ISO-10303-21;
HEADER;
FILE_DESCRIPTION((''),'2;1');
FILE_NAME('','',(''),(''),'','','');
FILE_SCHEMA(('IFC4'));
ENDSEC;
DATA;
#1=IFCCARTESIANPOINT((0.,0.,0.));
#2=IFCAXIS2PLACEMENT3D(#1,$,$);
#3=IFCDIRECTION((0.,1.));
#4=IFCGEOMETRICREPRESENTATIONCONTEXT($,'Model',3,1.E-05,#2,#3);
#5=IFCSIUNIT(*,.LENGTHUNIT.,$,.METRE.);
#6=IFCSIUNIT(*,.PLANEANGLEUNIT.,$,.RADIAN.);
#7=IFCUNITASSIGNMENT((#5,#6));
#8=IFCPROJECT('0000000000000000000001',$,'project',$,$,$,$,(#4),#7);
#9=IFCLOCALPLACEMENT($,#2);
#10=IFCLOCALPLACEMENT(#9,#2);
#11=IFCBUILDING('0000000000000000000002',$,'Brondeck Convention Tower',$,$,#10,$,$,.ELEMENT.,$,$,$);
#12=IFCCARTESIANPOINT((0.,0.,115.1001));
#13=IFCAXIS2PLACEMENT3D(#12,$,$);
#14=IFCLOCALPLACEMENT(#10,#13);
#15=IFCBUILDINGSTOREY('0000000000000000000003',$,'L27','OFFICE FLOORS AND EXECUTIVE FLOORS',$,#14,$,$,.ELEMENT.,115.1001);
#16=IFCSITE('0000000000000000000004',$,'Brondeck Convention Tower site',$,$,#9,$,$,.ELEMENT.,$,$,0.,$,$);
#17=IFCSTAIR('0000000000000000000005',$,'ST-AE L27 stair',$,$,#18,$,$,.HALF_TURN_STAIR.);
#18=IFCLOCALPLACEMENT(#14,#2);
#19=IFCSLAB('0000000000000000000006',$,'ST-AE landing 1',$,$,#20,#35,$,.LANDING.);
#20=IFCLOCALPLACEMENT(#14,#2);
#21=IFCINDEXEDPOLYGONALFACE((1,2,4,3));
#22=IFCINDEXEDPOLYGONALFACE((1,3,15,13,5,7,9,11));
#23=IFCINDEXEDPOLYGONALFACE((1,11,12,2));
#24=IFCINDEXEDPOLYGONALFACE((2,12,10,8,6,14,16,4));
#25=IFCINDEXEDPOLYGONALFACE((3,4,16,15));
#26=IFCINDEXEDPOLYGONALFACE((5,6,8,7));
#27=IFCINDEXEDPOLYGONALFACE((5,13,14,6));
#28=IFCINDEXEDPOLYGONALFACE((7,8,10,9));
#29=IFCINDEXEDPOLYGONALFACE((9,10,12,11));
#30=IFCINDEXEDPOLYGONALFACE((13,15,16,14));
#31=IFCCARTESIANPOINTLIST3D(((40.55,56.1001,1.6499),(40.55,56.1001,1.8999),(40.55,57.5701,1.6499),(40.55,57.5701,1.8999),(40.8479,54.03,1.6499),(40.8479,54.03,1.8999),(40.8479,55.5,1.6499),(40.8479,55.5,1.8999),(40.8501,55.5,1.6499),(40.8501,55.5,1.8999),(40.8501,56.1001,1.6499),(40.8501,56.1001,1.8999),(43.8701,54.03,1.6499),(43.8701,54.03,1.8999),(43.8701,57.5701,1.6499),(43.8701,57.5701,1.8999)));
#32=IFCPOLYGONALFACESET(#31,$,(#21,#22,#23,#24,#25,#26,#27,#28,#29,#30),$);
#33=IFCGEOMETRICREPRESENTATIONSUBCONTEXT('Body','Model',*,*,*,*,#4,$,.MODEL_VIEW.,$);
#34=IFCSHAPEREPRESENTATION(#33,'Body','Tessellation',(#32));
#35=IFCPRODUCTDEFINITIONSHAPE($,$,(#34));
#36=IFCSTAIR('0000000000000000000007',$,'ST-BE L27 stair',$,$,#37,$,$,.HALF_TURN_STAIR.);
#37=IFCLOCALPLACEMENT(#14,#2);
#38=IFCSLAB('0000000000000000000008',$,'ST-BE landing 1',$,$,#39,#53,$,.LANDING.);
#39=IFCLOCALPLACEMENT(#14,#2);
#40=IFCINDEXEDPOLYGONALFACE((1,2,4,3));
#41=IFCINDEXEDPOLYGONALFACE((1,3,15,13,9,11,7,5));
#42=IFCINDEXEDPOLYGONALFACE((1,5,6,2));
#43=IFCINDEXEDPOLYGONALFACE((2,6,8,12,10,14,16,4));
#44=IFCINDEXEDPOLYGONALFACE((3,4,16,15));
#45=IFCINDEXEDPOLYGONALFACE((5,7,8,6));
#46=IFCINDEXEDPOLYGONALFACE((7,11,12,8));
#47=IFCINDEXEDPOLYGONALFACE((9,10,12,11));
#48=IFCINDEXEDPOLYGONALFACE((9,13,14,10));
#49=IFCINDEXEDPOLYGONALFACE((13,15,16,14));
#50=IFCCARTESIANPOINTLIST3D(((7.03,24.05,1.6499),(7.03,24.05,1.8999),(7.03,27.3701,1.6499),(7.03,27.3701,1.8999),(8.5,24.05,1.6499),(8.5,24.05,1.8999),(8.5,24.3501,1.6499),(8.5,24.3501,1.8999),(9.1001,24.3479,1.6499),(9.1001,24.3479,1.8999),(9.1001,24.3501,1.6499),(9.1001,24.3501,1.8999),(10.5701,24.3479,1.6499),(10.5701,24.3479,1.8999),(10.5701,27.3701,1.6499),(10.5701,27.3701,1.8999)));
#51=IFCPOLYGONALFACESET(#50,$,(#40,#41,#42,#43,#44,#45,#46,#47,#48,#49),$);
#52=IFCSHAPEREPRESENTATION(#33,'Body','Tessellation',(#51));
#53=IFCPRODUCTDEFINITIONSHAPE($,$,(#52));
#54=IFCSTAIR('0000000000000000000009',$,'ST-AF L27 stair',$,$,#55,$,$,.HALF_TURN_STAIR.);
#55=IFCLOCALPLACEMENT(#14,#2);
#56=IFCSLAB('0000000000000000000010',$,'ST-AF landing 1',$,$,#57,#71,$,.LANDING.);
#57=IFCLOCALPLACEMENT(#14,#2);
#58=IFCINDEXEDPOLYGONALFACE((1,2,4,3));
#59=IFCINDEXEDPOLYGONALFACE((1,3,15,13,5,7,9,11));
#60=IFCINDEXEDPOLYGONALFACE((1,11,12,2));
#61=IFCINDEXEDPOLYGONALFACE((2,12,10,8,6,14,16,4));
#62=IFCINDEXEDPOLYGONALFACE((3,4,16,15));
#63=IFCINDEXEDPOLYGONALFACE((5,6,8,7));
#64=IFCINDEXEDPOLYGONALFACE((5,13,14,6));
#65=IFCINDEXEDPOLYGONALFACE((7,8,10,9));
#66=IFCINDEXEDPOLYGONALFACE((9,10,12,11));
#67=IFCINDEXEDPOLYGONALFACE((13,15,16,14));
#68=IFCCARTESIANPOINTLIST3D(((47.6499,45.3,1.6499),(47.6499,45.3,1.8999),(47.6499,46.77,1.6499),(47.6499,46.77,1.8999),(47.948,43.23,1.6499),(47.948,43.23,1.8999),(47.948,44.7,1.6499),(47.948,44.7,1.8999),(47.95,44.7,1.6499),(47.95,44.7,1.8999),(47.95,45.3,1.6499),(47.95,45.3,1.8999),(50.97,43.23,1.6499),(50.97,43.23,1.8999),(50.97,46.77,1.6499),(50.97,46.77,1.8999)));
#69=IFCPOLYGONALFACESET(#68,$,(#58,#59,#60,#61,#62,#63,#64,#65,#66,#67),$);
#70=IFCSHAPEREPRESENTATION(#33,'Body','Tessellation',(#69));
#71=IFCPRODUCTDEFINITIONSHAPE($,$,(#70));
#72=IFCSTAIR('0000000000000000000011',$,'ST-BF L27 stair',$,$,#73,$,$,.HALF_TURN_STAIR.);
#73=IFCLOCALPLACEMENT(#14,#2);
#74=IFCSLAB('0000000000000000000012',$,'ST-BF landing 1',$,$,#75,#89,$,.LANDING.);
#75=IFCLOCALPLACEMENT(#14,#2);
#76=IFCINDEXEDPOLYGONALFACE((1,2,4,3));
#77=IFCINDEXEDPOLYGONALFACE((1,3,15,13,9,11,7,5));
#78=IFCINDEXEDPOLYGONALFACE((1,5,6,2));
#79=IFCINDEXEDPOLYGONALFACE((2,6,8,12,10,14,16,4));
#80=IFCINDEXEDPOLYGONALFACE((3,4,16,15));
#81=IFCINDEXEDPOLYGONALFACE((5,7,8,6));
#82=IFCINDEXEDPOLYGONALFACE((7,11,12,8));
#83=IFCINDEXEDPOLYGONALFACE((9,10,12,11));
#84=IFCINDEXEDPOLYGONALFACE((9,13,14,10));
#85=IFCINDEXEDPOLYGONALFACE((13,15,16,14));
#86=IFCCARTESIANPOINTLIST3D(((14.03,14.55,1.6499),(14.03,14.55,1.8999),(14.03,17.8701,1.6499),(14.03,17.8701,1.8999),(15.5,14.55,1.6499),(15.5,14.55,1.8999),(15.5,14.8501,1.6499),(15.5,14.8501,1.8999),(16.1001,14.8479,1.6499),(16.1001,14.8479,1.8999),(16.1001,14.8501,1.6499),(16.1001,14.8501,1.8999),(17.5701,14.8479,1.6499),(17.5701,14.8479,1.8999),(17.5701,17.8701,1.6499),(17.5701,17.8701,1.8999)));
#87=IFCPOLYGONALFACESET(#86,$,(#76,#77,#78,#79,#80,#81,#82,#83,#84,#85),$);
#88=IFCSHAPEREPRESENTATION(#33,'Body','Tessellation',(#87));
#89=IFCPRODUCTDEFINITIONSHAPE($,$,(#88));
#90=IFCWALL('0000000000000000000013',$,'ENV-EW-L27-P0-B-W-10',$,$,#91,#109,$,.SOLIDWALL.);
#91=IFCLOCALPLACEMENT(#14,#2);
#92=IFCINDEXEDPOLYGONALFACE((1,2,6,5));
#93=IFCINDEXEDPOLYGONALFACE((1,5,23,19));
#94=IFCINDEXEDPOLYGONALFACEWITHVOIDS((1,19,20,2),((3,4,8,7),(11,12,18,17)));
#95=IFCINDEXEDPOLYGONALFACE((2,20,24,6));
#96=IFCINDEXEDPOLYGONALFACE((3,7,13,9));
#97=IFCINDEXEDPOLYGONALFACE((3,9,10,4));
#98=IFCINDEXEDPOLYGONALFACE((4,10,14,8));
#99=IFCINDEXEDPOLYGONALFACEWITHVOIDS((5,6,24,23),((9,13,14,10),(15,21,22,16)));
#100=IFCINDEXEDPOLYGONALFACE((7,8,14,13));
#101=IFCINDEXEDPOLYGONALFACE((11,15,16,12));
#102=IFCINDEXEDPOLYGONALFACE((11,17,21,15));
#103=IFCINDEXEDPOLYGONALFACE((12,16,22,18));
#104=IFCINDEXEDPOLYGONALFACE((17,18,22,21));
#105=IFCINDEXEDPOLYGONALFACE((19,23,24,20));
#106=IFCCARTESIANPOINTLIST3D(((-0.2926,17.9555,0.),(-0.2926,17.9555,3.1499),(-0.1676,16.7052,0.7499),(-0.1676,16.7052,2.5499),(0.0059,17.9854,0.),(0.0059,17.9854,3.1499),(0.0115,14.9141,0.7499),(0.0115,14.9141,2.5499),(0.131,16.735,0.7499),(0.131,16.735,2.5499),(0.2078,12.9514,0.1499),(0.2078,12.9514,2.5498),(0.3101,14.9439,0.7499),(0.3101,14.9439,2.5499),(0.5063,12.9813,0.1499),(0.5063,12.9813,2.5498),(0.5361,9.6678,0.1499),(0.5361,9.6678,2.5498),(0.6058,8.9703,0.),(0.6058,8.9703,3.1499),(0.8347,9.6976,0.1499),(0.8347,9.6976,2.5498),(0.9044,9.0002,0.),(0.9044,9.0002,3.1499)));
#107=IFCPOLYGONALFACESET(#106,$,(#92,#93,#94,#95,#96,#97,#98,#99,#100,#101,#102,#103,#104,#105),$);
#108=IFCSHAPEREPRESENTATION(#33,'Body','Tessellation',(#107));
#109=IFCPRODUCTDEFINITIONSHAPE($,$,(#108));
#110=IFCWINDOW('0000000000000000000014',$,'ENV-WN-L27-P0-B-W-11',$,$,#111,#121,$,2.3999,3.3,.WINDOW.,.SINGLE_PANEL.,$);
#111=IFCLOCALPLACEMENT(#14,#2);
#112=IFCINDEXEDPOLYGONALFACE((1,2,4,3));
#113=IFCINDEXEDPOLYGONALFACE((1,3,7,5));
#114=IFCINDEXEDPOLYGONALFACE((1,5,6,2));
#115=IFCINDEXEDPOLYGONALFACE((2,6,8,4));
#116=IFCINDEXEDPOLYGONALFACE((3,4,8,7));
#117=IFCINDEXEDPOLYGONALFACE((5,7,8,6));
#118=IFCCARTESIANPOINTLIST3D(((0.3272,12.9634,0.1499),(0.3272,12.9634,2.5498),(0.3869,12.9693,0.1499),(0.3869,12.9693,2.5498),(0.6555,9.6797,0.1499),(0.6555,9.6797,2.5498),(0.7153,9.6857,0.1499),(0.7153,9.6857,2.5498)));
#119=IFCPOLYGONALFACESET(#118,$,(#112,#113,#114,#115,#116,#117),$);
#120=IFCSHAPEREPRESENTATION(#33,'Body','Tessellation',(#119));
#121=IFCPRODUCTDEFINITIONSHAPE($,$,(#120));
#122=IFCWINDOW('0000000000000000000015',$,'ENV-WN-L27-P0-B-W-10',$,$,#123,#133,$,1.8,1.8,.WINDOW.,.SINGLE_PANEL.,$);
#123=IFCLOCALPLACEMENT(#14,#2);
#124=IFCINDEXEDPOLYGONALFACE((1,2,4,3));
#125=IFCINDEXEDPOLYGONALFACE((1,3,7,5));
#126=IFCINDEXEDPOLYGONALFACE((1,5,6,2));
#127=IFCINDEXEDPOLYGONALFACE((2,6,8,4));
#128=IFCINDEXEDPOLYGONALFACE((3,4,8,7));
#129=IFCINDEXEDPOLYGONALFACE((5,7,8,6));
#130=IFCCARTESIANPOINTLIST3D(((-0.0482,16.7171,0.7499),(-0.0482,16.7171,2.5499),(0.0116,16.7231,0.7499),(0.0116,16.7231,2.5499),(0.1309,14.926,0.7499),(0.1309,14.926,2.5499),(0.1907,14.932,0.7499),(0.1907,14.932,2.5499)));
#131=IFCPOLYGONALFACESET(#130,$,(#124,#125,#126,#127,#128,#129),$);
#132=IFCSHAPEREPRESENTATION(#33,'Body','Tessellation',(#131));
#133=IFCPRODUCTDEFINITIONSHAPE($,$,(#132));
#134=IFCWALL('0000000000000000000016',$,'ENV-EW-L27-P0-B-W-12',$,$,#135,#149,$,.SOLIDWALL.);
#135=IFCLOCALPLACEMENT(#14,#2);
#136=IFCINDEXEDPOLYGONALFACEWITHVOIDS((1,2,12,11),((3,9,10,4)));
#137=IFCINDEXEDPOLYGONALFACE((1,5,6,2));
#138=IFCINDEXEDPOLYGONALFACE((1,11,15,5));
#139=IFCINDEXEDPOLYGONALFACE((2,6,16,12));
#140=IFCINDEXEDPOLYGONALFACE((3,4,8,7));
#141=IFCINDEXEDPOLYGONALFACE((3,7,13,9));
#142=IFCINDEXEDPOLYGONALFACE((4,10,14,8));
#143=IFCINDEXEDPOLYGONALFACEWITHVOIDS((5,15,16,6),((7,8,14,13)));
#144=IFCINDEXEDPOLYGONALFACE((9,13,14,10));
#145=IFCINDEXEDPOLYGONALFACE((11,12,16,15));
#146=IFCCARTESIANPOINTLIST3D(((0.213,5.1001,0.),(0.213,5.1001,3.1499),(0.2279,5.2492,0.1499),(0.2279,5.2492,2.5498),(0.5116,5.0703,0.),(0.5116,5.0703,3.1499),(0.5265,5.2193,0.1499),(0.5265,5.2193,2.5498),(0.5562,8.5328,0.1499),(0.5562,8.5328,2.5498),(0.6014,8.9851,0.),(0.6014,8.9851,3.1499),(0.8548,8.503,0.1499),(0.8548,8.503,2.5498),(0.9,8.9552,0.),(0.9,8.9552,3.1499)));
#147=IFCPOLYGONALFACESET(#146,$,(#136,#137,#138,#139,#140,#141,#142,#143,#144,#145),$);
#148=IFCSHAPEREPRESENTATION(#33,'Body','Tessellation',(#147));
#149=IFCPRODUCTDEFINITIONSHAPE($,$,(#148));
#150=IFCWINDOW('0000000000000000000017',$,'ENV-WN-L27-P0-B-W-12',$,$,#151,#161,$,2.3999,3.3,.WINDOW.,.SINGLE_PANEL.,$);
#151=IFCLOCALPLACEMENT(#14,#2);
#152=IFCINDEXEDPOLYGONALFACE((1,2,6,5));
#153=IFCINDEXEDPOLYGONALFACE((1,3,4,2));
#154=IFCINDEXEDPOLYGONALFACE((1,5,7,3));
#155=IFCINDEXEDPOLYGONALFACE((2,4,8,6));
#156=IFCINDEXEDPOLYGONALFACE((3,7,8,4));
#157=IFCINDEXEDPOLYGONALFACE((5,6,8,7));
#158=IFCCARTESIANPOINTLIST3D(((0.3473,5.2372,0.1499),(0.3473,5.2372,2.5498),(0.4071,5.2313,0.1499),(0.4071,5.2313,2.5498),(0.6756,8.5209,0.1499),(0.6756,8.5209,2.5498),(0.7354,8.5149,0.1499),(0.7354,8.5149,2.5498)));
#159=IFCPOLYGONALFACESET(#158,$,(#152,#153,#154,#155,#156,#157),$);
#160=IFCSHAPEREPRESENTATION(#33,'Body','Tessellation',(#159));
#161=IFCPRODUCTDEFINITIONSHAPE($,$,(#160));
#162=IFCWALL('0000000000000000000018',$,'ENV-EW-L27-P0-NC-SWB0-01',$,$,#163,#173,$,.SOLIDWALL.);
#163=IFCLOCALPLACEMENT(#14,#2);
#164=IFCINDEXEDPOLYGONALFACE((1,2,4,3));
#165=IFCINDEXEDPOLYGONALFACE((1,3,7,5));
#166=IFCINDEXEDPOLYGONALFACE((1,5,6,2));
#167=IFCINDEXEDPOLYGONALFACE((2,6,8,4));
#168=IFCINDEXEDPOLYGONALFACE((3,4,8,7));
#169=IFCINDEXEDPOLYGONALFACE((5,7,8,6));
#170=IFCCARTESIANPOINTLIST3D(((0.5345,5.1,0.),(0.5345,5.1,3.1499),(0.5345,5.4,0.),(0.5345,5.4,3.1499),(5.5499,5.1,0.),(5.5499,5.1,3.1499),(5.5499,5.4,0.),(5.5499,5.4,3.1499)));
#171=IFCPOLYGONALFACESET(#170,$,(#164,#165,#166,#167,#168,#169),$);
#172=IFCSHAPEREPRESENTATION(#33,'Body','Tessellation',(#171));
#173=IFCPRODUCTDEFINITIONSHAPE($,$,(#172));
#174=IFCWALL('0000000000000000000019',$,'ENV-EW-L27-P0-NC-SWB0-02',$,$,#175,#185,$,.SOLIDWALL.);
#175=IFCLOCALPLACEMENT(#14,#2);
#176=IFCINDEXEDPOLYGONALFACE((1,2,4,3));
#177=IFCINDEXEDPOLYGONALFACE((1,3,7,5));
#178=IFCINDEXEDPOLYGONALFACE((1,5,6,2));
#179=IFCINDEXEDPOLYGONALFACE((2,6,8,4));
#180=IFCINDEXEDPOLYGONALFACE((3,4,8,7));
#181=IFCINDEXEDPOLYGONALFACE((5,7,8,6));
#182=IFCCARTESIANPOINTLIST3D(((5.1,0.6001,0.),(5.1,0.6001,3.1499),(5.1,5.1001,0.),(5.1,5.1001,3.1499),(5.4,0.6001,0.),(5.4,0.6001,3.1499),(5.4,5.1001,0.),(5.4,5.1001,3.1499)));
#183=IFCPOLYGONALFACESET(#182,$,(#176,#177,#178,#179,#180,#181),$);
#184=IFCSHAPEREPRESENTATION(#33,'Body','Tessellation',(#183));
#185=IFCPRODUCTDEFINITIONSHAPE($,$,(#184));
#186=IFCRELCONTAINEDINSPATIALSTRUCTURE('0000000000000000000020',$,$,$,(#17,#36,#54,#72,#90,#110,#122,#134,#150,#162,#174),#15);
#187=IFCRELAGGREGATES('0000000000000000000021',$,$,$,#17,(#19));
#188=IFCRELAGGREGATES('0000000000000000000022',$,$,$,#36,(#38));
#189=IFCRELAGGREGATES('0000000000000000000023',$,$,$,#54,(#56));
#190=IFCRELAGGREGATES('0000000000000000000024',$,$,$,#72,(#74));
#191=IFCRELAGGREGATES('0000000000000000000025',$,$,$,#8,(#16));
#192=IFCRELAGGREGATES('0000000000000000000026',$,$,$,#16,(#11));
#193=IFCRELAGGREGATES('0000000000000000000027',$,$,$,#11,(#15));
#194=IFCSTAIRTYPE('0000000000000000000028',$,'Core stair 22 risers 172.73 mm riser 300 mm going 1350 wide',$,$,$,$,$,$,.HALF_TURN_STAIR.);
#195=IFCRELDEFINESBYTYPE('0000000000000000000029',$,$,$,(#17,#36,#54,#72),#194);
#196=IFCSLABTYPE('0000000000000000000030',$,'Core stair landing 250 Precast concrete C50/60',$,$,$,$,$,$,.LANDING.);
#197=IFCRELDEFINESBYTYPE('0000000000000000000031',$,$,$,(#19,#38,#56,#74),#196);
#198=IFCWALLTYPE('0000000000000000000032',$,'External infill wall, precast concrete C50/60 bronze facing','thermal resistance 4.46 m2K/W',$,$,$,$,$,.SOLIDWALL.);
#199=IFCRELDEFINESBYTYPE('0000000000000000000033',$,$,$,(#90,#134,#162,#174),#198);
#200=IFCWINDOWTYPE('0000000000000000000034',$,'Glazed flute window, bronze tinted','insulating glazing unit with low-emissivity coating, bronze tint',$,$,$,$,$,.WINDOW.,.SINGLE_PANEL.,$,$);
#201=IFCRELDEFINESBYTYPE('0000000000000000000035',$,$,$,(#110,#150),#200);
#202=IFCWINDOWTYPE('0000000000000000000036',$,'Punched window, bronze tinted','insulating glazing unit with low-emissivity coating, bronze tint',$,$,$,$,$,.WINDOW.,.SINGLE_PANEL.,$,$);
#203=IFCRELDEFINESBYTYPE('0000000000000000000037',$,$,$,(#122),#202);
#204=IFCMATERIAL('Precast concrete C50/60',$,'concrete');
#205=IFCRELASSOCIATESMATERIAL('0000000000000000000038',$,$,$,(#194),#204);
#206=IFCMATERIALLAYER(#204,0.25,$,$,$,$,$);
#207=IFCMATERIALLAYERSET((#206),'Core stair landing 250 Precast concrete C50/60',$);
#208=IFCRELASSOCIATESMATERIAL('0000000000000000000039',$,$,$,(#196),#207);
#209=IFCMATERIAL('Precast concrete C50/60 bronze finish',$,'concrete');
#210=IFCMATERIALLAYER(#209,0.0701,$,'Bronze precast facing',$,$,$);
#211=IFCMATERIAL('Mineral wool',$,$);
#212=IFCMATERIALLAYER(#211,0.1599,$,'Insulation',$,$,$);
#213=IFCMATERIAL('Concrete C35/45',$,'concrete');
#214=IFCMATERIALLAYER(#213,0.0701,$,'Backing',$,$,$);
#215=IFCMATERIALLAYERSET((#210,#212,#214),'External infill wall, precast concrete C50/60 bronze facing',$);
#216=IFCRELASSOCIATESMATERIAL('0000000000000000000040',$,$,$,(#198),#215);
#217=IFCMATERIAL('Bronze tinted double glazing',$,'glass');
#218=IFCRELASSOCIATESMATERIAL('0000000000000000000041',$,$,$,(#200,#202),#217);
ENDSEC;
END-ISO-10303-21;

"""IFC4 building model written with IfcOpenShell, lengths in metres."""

from ifc_helpers import new_model, si_unit, direction, frame, frame_2d, origin, place, context, subcontext, project, spatial, polyline, rectangle, outline, extrude, material, layer, layer_set, type_object, element, fill, aggregate, save


model = new_model("IFC4")

# Units and contexts
model_context = context("Model", 3, precision=1e-05, world=origin(), true_north=direction((0.0, 1.0)))
body_context = subcontext(model_context, "Body", "Model", "MODEL_VIEW")
ifc_project = project(units=[si_unit("LENGTHUNIT", "METRE"), si_unit("PLANEANGLEUNIT", "RADIAN")], contexts=[model_context])

# Site, building, storey
site_placement = place(None, origin())
site = spatial("IfcSite", under=ifc_project, at=site_placement, Name="Brondeck Convention Tower site", CompositionType="ELEMENT", RefElevation=0.0)
building_placement = place(site_placement, origin())
building = spatial("IfcBuilding", under=site, at=building_placement, Name="Brondeck Convention Tower", CompositionType="ELEMENT")
storey_placement = place(building_placement, frame((0.0, 0.0, 115.1001)))
storey = spatial("IfcBuildingStorey", under=building, at=storey_placement, Name="L27", Description="OFFICE FLOORS AND EXECUTIVE FLOORS", CompositionType="ELEMENT", Elevation=115.1001)

# Shared definitions
ifc_material_1 = material(Name="Concrete C35/45", Category="concrete")

# Stairs, slabs
ifc_material_2 = material(Name="Precast concrete C50/60", Category="concrete")
stair_type = type_object("IfcStairType", Name="Core stair 22 risers 172.73 mm riser 300 mm going 1350 wide", PredefinedType="HALF_TURN_STAIR", material=ifc_material_2)
ifc_layer_1 = layer(ifc_material_2, 0.25)
ifc_layer_set_1 = layer_set([ifc_layer_1], Name="Core stair landing 250 Precast concrete C50/60")
slab_type_1 = type_object("IfcSlabType", Name="Core stair landing 250 Precast concrete C50/60", PredefinedType="LANDING", material=ifc_layer_set_1)
stair_1_placement = place(storey_placement, origin())
stair_1 = element("IfcStair", 1, at=stair_1_placement, inside=storey, type_object=stair_type, Name="ST-AE L27 stair", PredefinedType="HALF_TURN_STAIR")
slab_1_placement = place(storey_placement, frame((0.0, 0.0, 1.6499)))
slab_1 = element("IfcSlab", 2, at=slab_1_placement, type_object=slab_type_1, Name="ST-AE landing 1", PredefinedType="LANDING", context=body_context, shape_type="SweptSolid", body=[
    extrude(outline(polyline([(40.8479, 55.5), (40.8501, 55.5), (40.8501, 56.1001), (40.55, 56.1001), (40.55, 57.5701), (43.8701, 57.5701), (43.8701, 54.03), (40.8479, 54.03), (40.8479, 55.5)])), origin(), (0.0, 0.0, 1.0), 0.25),
])
aggregate(stair_1, [slab_1])
stair_2_placement = place(storey_placement, origin())
stair_2 = element("IfcStair", 3, at=stair_2_placement, inside=storey, type_object=stair_type, Name="ST-BE L27 stair", PredefinedType="HALF_TURN_STAIR")
slab_2_placement = place(storey_placement, frame((0.0, 0.0, 1.6499)))
slab_2 = element("IfcSlab", 4, at=slab_2_placement, type_object=slab_type_1, Name="ST-BE landing 1", PredefinedType="LANDING", context=body_context, shape_type="SweptSolid", body=[
    extrude(outline(polyline([(7.03, 24.05), (7.03, 27.3701), (10.5701, 27.3701), (10.5701, 24.3479), (9.1001, 24.3479), (9.1001, 24.3501), (8.5, 24.3501), (8.5, 24.05), (7.03, 24.05)])), origin(), (0.0, 0.0, 1.0), 0.25),
])
aggregate(stair_2, [slab_2])
stair_3_placement = place(storey_placement, origin())
stair_3 = element("IfcStair", 5, at=stair_3_placement, inside=storey, type_object=stair_type, Name="ST-AF L27 stair", PredefinedType="HALF_TURN_STAIR")
slab_3_placement = place(storey_placement, frame((0.0, 0.0, 1.6499)))
slab_3 = element("IfcSlab", 6, at=slab_3_placement, type_object=slab_type_1, Name="ST-AF landing 1", PredefinedType="LANDING", context=body_context, shape_type="SweptSolid", body=[
    extrude(outline(polyline([(47.948, 44.7), (47.95, 44.7), (47.95, 45.3), (47.6499, 45.3), (47.6499, 46.77), (50.97, 46.77), (50.97, 43.23), (47.948, 43.23), (47.948, 44.7)])), origin(), (0.0, 0.0, 1.0), 0.25),
])
aggregate(stair_3, [slab_3])
stair_4_placement = place(storey_placement, origin())
stair_4 = element("IfcStair", 7, at=stair_4_placement, inside=storey, type_object=stair_type, Name="ST-BF L27 stair", PredefinedType="HALF_TURN_STAIR")
slab_4_placement = place(storey_placement, frame((0.0, 0.0, 1.6499)))
slab_4 = element("IfcSlab", 8, at=slab_4_placement, type_object=slab_type_1, Name="ST-BF landing 1", PredefinedType="LANDING", context=body_context, shape_type="SweptSolid", body=[
    extrude(outline(polyline([(14.03, 14.55), (14.03, 17.8701), (17.5701, 17.8701), (17.5701, 14.8479), (16.1001, 14.8479), (16.1001, 14.8501), (15.5, 14.8501), (15.5, 14.55), (14.03, 14.55)])), origin(), (0.0, 0.0, 1.0), 0.25),
])
aggregate(stair_4, [slab_4])

# Wall, openings, windows
ifc_material_3 = material(Name="Precast concrete C50/60 bronze finish", Category="concrete")
ifc_layer_2 = layer(ifc_material_3, 0.0701, Name="Bronze precast facing")
ifc_material_4 = material(Name="Mineral wool")
ifc_layer_3 = layer(ifc_material_4, 0.1599, Name="Insulation")
ifc_layer_4 = layer(ifc_material_1, 0.0701, Name="Backing")
ifc_layer_set_2 = layer_set([ifc_layer_2, ifc_layer_3, ifc_layer_4], Name="External infill wall, precast concrete C50/60 bronze facing")
wall_type = type_object("IfcWallType", Name="External infill wall, precast concrete C50/60 bronze facing", Description="thermal resistance 4.46 m2K/W", PredefinedType="SOLIDWALL", material=ifc_layer_set_2)
wall_1_placement = place(storey_placement, frame((0.7551, 8.9851, 0.0), z_axis=(0.0, 0.0, 1.0), x_axis=(-0.099496, 0.995038, 0.0)))
wall_1 = element("IfcWall", 9, at=wall_1_placement, inside=storey, type_object=wall_type, Name="ENV-EW-L27-P0-B-W-10", PredefinedType="SOLIDWALL", context=body_context, shape_type="SweptSolid", body=[
    extrude(rectangle(XDim=9.03, YDim=0.3, at=frame_2d((4.5151, 0.0))), origin(), (0.0, 0.0, 1.0), 3.1499),
])
opening_1_placement = place(wall_1_placement, frame((0.7012, 0.0, 0.1499)))
opening_1 = element("IfcOpeningElement", 10, at=opening_1_placement, cuts=wall_1, PredefinedType="OPENING", context=body_context, shape_type="SweptSolid", body=[
    extrude(rectangle(XDim=3.3, YDim=2.3999, at=frame_2d((1.6499, 1.2))), frame((0.0, 0.1599, 0.0), z_axis=(0.0, -1.0, 0.0), x_axis=(1.0, 0.0, 0.0)), (0.0, 0.0, 1.0), 0.3201),
])
opening_2_placement = place(wall_1_placement, frame((5.9736, 0.0, 0.75)))
opening_2 = element("IfcOpeningElement", 11, at=opening_2_placement, cuts=wall_1, PredefinedType="OPENING", context=body_context, shape_type="SweptSolid", body=[
    extrude(rectangle(XDim=1.8, YDim=1.8, at=frame_2d((0.8999, 0.8999))), frame((0.0, 0.1599, 0.0), z_axis=(0.0, -1.0, 0.0), x_axis=(1.0, 0.0, 0.0)), (0.0, 0.0, 1.0), 0.3201),
])
ifc_material_5 = material(Name="Bronze tinted double glazing", Category="glass")
window_type_1 = type_object("IfcWindowType", Name="Glazed flute window, bronze tinted", Description="insulating glazing unit with low-emissivity coating, bronze tint", PartitioningType="SINGLE_PANEL", PredefinedType="WINDOW", material=ifc_material_5)
window_1_placement = place(opening_1_placement, origin())
window_1 = element("IfcWindow", 12, at=window_1_placement, inside=storey, type_object=window_type_1, Name="ENV-WN-L27-P0-B-W-11", OverallHeight=2.3999, OverallWidth=3.3, PartitioningType="SINGLE_PANEL", PredefinedType="WINDOW", context=body_context, shape_type="SweptSolid", body=[
    extrude(rectangle(XDim=3.3, YDim=2.3999, at=frame_2d((1.6499, 1.2))), frame((0.0, 0.03, 0.0), z_axis=(0.0, -1.0, 0.0), x_axis=(1.0, 0.0, 0.0)), (0.0, 0.0, 1.0), 0.0601),
])
fill(opening_1, window_1)
window_type_2 = type_object("IfcWindowType", Name="Punched window, bronze tinted", Description="insulating glazing unit with low-emissivity coating, bronze tint", PartitioningType="SINGLE_PANEL", PredefinedType="WINDOW", material=ifc_material_5)
window_2_placement = place(opening_2_placement, origin())
window_2 = element("IfcWindow", 13, at=window_2_placement, inside=storey, type_object=window_type_2, Name="ENV-WN-L27-P0-B-W-10", OverallHeight=1.8, OverallWidth=1.8, PartitioningType="SINGLE_PANEL", PredefinedType="WINDOW", context=body_context, shape_type="SweptSolid", body=[
    extrude(rectangle(XDim=1.8, YDim=1.8, at=frame_2d((0.8999, 0.8999))), frame((0.0, 0.03, 0.0), z_axis=(0.0, -1.0, 0.0), x_axis=(1.0, 0.0, 0.0)), (0.0, 0.0, 1.0), 0.0601),
])
fill(opening_2, window_2)

# Wall, opening, window
wall_2_placement = place(storey_placement, frame((0.3623, 5.0852, 0.0), z_axis=(0.0, 0.0, 1.0), x_axis=(0.099485, 0.995039, 0.0)))
wall_2 = element("IfcWall", 14, at=wall_2_placement, inside=storey, type_object=wall_type, Name="ENV-EW-L27-P0-B-W-12", PredefinedType="SOLIDWALL", context=body_context, shape_type="SweptSolid", body=[
    extrude(rectangle(XDim=3.9043, YDim=0.3, at=frame_2d((1.9521, 0.0))), origin(), (0.0, 0.0, 1.0), 3.1499),
])
opening_3_placement = place(wall_2_placement, frame((0.1499, 0.0, 0.1499)))
opening_3 = element("IfcOpeningElement", 15, at=opening_3_placement, cuts=wall_2, PredefinedType="OPENING", context=body_context, shape_type="SweptSolid", body=[
    extrude(rectangle(XDim=3.3, YDim=2.3999, at=frame_2d((1.6499, 1.2))), frame((0.0, 0.1599, 0.0), z_axis=(0.0, -1.0, 0.0), x_axis=(1.0, 0.0, 0.0)), (0.0, 0.0, 1.0), 0.3201),
])
window_3_placement = place(opening_3_placement, origin())
window_3 = element("IfcWindow", 16, at=window_3_placement, inside=storey, type_object=window_type_1, Name="ENV-WN-L27-P0-B-W-12", OverallHeight=2.3999, OverallWidth=3.3, PartitioningType="SINGLE_PANEL", PredefinedType="WINDOW", context=body_context, shape_type="SweptSolid", body=[
    extrude(rectangle(XDim=3.3, YDim=2.3999, at=frame_2d((1.6499, 1.2))), frame((0.0, 0.03, 0.0), z_axis=(0.0, -1.0, 0.0), x_axis=(1.0, 0.0, 0.0)), (0.0, 0.0, 1.0), 0.0601),
])
fill(opening_3, window_3)

# Walls
wall_3_placement = place(storey_placement, frame((5.55, 5.25, 0.0), z_axis=(0.0, 0.0, 1.0), x_axis=(-1.0, 0.0, 0.0)))
element("IfcWall", 17, at=wall_3_placement, inside=storey, type_object=wall_type, Name="ENV-EW-L27-P0-NC-SWB0-01", PredefinedType="SOLIDWALL", context=body_context, shape_type="SweptSolid", body=[
    extrude(rectangle(XDim=5.0154, YDim=0.3, at=frame_2d((2.5078, 0.0))), origin(), (0.0, 0.0, 1.0), 3.1499),
])
wall_4_placement = place(storey_placement, frame((5.25, 0.6001, 0.0), z_axis=(0.0, 0.0, 1.0), x_axis=(0.0, 1.0, 0.0)))
element("IfcWall", 18, at=wall_4_placement, inside=storey, type_object=wall_type, Name="ENV-EW-L27-P0-NC-SWB0-02", PredefinedType="SOLIDWALL", context=body_context, shape_type="SweptSolid", body=[
    extrude(rectangle(XDim=4.5, YDim=0.3, at=frame_2d((2.25, 0.0))), origin(), (0.0, 0.0, 1.0), 3.1499),
])

save(model, "model.ifc")
